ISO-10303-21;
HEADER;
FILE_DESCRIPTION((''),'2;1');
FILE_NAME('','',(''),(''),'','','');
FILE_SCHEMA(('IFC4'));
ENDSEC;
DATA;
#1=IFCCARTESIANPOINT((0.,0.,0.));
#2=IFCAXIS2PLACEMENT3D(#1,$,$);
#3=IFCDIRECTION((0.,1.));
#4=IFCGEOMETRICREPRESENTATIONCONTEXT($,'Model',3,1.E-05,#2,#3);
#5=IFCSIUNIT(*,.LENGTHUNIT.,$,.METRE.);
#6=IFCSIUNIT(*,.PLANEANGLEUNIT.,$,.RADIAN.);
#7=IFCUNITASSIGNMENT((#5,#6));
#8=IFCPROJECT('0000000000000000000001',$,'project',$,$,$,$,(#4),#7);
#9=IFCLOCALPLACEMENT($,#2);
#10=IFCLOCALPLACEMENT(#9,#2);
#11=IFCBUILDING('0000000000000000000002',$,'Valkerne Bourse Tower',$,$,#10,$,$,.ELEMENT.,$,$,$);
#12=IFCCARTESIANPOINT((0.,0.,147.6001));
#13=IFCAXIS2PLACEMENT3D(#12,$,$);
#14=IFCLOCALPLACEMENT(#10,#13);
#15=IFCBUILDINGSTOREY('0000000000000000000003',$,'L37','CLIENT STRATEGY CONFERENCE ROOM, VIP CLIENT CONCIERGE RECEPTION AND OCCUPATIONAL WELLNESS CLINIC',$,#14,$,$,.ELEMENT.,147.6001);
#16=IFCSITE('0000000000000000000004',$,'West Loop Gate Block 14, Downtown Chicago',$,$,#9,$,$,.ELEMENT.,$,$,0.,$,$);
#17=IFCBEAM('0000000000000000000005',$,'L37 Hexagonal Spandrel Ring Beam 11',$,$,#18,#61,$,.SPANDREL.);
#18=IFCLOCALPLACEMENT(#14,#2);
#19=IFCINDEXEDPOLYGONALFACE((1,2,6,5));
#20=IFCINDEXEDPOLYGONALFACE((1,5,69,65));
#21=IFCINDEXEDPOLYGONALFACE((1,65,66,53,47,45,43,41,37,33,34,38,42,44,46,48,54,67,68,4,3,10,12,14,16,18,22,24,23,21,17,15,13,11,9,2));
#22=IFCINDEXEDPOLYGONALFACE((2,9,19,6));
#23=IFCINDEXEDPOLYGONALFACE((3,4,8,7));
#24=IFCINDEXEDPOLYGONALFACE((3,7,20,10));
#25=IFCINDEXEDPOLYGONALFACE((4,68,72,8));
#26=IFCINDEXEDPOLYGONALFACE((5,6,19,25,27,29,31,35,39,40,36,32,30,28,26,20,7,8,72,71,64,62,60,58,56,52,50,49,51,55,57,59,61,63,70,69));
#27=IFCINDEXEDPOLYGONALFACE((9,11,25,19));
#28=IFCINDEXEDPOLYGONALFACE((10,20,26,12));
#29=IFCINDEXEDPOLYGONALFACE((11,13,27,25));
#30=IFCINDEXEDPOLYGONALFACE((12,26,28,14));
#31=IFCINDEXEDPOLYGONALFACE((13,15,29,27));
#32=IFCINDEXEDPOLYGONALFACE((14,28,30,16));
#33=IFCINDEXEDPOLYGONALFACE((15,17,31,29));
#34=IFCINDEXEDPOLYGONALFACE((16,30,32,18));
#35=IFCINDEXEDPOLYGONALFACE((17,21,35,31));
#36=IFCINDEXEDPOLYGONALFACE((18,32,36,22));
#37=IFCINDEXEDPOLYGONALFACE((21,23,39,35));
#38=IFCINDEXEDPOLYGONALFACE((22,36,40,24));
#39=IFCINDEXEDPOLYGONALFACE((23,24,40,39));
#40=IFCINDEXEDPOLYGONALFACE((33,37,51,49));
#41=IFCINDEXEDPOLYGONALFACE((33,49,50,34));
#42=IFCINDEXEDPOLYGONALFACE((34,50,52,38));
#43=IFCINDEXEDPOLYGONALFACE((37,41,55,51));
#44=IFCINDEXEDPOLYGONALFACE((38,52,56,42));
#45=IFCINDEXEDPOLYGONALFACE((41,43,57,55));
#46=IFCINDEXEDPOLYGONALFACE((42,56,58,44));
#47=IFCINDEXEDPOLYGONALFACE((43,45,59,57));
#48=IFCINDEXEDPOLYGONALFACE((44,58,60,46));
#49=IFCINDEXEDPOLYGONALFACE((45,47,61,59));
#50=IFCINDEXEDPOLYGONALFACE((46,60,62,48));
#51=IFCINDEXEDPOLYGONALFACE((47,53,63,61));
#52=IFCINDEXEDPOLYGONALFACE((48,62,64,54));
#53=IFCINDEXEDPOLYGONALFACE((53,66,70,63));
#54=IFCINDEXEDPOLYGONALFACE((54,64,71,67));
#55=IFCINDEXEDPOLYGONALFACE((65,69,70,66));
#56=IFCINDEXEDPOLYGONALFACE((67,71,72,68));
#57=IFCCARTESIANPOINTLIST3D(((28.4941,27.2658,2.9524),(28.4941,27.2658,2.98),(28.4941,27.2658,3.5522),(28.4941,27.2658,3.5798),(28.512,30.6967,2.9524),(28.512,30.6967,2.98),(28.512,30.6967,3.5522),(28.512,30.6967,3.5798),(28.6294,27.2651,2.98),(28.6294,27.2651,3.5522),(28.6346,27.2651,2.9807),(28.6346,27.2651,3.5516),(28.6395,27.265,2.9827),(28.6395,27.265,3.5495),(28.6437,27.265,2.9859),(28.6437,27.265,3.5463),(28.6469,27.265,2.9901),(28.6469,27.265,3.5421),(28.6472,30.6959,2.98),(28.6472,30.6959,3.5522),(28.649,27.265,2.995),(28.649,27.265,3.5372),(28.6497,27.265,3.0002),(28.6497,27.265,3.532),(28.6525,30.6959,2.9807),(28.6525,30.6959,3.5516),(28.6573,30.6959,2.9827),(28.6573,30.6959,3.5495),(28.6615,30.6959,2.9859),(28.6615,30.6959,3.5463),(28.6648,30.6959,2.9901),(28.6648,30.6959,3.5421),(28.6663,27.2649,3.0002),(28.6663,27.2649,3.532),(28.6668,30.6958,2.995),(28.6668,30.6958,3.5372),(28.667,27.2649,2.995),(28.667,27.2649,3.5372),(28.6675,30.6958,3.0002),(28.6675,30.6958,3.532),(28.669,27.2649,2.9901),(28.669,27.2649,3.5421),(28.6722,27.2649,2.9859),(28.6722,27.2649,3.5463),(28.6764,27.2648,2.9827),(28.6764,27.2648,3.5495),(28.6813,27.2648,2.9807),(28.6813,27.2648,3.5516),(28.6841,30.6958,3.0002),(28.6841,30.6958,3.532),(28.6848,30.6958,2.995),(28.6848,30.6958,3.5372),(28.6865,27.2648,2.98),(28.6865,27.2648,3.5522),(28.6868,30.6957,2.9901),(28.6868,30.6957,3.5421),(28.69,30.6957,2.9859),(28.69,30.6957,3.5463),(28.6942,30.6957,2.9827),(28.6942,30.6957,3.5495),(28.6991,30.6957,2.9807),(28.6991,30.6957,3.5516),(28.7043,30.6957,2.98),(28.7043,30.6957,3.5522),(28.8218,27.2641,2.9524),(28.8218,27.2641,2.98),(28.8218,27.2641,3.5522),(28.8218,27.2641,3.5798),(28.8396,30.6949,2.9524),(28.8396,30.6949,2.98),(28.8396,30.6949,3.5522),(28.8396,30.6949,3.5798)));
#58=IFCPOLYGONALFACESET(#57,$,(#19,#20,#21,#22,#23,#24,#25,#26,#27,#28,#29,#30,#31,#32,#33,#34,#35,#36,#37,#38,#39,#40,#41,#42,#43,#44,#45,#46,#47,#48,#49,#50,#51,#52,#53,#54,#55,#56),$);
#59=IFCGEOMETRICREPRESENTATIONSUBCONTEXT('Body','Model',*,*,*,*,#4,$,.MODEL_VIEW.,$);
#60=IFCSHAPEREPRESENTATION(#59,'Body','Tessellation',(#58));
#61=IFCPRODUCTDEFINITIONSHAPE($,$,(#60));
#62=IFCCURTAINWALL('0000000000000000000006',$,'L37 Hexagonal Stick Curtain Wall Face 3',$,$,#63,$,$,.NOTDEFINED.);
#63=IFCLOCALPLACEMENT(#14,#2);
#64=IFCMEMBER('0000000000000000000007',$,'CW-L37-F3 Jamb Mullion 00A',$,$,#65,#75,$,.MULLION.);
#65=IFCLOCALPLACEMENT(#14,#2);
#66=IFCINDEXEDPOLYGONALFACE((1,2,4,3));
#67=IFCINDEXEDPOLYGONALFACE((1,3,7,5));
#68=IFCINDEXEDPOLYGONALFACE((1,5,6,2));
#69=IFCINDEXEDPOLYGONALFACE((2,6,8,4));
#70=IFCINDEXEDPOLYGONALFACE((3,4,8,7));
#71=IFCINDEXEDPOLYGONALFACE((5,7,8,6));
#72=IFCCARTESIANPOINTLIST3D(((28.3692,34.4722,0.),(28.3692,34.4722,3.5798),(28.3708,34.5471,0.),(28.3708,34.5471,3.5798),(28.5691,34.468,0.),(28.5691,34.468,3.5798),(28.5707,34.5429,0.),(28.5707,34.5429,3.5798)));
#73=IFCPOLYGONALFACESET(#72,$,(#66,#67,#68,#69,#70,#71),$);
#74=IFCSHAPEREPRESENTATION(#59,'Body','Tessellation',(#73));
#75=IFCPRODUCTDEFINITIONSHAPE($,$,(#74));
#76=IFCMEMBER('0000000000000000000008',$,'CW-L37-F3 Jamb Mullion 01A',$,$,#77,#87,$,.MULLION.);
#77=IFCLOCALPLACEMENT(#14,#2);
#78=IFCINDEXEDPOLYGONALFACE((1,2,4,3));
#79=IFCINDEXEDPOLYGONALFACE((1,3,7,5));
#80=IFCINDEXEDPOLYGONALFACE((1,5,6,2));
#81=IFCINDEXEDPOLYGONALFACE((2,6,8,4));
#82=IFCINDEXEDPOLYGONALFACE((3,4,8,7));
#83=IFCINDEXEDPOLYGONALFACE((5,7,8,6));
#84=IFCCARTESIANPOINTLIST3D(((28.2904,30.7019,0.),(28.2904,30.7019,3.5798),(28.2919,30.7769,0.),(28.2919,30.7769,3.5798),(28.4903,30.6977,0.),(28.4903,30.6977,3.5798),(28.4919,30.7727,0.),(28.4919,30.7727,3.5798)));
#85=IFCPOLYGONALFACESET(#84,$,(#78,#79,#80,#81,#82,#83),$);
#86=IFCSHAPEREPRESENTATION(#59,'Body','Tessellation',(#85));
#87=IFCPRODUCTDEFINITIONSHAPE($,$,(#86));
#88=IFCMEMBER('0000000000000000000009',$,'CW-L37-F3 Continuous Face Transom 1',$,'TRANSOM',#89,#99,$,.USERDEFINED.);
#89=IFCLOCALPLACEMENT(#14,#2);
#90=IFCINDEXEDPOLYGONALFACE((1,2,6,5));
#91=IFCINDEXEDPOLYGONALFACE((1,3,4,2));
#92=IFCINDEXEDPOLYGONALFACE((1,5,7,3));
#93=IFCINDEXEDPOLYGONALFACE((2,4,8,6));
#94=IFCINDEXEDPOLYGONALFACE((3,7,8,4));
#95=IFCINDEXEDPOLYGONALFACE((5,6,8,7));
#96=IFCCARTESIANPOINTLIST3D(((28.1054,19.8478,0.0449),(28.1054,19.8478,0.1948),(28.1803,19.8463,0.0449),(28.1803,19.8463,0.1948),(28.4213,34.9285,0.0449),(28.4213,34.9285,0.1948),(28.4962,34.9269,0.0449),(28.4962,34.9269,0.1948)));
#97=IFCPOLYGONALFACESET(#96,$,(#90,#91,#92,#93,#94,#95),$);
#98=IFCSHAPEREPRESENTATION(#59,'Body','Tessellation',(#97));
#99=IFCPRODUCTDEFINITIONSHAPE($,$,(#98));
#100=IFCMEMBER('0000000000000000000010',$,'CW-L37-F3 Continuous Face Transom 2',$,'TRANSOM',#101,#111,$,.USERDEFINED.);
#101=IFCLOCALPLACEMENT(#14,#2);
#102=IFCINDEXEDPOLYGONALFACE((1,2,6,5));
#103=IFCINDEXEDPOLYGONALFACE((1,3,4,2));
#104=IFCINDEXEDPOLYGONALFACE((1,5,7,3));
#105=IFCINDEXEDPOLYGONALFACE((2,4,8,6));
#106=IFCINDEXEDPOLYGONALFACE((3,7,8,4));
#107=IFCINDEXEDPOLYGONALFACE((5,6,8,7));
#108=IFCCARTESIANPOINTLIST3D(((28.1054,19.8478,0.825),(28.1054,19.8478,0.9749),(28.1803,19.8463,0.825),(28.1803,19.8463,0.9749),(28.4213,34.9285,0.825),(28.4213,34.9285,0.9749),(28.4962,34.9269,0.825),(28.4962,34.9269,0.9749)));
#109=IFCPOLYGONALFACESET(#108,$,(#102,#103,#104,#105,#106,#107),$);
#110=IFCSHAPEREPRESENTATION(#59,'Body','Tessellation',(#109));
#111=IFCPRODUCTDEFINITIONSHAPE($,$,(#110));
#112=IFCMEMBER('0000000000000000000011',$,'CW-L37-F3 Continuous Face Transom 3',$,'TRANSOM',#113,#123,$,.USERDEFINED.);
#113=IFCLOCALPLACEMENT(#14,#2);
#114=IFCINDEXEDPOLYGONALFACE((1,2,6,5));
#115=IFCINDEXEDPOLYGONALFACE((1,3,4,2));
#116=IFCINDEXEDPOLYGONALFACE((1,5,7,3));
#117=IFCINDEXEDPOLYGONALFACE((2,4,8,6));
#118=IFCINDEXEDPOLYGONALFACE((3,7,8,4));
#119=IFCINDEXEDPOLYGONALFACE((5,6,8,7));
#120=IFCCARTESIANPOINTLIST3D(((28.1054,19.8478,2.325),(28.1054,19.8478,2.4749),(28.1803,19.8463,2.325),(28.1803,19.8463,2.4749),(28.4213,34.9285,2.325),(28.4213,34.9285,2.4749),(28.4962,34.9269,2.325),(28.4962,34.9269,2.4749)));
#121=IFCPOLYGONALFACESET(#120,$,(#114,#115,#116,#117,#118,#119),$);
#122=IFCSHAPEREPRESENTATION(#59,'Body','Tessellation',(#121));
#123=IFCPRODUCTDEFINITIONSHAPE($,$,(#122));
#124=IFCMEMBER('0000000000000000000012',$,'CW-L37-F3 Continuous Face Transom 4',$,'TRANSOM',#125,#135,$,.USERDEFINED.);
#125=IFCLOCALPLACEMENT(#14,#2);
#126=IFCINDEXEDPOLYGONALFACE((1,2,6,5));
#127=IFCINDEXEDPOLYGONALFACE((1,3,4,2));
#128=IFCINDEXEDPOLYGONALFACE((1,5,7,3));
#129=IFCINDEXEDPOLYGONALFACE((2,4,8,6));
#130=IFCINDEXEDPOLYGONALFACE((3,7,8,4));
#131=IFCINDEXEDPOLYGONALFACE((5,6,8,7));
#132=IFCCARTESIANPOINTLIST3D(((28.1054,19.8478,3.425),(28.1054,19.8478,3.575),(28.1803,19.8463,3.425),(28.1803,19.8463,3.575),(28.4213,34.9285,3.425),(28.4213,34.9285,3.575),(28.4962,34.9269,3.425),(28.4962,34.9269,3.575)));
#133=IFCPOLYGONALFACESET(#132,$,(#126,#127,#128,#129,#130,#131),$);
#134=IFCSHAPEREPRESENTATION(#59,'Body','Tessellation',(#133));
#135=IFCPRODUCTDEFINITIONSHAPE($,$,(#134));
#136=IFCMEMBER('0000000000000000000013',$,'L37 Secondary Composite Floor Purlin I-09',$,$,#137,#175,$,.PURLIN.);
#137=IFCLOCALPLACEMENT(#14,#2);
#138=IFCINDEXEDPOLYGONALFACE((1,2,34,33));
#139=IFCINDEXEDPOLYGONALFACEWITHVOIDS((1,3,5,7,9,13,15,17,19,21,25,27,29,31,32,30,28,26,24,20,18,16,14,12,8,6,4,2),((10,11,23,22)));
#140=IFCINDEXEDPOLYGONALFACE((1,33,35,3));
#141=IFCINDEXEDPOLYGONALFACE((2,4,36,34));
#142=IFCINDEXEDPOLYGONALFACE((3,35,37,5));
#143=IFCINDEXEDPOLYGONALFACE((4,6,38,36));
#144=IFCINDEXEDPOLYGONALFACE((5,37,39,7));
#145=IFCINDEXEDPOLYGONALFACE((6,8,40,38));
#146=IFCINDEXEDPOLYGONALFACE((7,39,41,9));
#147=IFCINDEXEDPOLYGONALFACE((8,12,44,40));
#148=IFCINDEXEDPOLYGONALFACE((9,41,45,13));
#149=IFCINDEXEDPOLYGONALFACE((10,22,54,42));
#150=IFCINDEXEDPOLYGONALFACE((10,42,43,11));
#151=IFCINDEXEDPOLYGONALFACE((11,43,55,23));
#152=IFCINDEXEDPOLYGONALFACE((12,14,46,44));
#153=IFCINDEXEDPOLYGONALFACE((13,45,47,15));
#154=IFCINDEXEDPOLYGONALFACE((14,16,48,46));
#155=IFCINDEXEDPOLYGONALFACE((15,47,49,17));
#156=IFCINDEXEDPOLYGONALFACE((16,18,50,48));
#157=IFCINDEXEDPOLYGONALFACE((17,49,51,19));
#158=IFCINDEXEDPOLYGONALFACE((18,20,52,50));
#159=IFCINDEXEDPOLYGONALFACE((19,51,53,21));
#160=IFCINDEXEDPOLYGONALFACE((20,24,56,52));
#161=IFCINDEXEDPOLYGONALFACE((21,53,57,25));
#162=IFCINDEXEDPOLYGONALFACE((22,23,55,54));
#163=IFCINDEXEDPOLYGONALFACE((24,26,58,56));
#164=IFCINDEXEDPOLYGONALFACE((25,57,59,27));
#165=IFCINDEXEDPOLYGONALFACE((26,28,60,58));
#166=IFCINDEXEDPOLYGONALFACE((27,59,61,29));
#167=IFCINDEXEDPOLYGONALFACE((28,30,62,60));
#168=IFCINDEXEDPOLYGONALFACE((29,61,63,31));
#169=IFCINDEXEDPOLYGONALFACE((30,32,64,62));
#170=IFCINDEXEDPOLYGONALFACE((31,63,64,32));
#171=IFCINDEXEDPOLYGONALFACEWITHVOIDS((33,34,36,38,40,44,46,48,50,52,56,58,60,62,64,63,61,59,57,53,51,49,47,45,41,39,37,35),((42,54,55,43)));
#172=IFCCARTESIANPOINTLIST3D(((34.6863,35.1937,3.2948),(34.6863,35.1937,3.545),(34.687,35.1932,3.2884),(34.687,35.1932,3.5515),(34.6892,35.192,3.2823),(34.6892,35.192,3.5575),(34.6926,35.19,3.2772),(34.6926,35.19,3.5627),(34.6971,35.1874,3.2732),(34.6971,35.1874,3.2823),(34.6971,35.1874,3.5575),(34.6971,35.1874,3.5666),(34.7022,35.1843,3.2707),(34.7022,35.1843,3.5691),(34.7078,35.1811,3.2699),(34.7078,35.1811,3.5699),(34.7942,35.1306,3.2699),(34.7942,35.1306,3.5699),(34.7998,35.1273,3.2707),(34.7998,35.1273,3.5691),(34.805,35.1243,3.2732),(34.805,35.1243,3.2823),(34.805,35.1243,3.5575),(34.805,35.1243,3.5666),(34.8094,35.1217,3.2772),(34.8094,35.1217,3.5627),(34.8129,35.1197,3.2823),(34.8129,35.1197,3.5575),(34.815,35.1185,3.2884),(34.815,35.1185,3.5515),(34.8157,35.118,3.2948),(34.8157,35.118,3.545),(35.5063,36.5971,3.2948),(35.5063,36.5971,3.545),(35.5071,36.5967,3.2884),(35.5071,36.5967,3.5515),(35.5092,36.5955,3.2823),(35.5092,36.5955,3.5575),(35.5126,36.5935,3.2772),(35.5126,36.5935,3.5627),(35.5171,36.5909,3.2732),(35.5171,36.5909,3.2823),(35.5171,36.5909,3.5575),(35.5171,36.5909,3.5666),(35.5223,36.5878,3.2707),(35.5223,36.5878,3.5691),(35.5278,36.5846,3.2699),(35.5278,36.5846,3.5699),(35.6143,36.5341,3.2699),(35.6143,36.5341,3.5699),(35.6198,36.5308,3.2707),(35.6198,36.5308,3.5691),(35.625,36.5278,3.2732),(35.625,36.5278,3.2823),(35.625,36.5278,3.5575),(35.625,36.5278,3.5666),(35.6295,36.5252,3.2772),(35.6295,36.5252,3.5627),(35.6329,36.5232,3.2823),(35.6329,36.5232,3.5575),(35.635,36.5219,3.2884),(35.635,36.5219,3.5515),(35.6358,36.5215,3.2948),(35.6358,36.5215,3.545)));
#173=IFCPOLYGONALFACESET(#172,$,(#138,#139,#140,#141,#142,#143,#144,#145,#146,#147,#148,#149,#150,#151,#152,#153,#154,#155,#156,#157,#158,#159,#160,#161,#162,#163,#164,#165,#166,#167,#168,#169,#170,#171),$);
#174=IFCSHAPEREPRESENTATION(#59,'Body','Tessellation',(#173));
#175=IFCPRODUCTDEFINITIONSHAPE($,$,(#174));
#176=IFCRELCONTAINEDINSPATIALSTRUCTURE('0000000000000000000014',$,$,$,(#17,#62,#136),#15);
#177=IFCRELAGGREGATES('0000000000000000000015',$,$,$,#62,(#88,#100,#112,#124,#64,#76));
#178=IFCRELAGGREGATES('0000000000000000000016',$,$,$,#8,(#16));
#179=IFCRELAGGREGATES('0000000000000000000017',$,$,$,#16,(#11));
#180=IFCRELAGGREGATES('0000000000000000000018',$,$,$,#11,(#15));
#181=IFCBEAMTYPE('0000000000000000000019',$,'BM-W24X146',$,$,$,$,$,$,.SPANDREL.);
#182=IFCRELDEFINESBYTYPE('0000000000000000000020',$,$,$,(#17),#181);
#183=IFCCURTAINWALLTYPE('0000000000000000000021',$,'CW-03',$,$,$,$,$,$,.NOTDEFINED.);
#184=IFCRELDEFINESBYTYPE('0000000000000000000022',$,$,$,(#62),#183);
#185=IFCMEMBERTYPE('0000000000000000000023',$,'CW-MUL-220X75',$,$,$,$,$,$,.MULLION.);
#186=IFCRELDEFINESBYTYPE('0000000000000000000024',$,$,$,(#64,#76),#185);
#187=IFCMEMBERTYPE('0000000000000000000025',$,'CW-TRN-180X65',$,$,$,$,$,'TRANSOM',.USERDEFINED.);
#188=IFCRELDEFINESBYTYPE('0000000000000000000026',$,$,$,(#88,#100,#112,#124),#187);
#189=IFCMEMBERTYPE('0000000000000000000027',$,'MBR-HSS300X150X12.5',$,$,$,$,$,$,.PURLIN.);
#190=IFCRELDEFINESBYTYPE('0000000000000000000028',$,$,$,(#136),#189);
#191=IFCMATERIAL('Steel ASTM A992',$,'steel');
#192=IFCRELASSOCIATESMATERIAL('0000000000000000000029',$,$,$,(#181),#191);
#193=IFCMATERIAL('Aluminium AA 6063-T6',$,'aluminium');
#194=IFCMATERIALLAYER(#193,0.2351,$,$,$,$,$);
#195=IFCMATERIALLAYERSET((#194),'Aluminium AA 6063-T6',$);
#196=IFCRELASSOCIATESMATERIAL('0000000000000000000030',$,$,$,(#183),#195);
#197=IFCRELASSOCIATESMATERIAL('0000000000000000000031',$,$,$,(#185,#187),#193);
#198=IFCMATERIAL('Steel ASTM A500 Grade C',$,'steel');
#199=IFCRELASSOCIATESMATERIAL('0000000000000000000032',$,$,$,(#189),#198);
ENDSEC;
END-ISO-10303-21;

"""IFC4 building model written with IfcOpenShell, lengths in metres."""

from ifc_helpers import new_model, si_unit, direction, frame, origin, origin_2d, place, context, subcontext, project, spatial, rectangle, hollow_rectangle, i_section, extrude, material, layer, layer_set, material_profile, profile_set, type_object, element, aggregate, save


model = new_model("IFC4")

# Units and contexts
model_context = context("Model", 3, precision=1e-05, world=origin(), true_north=direction((0.0, 1.0)))
body_context = subcontext(model_context, "Body", "Model", "MODEL_VIEW")
ifc_project = project(units=[si_unit("LENGTHUNIT", "METRE"), si_unit("PLANEANGLEUNIT", "RADIAN")], contexts=[model_context])

# Site, building, storey
site_placement = place(None, origin())
site = spatial("IfcSite", under=ifc_project, at=site_placement, Name="West Loop Gate Block 14, Downtown Chicago", CompositionType="ELEMENT", RefElevation=0.0)
building_placement = place(site_placement, origin())
building = spatial("IfcBuilding", under=site, at=building_placement, Name="Valkerne Bourse Tower", CompositionType="ELEMENT")
storey_placement = place(building_placement, frame((0.0, 0.0, 147.6001)))
storey = spatial("IfcBuildingStorey", under=building, at=storey_placement, Name="L37", Description="CLIENT STRATEGY CONFERENCE ROOM, VIP CLIENT CONCIERGE RECEPTION AND OCCUPATIONAL WELLNESS CLINIC", CompositionType="ELEMENT", Elevation=147.6001)

# Beam
ifc_material_1 = material(Name="Steel ASTM A992", Category="steel")
ifc_material_profile_1 = material_profile(ifc_material_1, i_section(OverallWidth=0.3276, OverallDepth=0.6274, WebThickness=0.0166, FlangeThickness=0.0276, FilletRadius=0.0203, at=origin_2d()), Name="W24X146")
ifc_profile_set_1 = profile_set([ifc_material_profile_1], Name="Steel ASTM A992")
beam_type_1 = type_object("IfcBeamType", Name="BM-W24X146", PredefinedType="SPANDREL", material=ifc_profile_set_1)
for number, where, z_axis, x_axis, name in (
    (1, (28.6758, 30.6958, 3.2661), (-0.005195, -0.999987, 0.0), (0.999987, -0.005195, 0.0), "L37 Hexagonal Spandrel Ring Beam 11"),
):
    element("IfcBeam", number, at=place(storey_placement, frame(where, z_axis=z_axis, x_axis=x_axis)), inside=storey, type_object=beam_type_1, Name=name, PredefinedType="SPANDREL", context=body_context, shape_type="SweptSolid", body=[
        extrude(i_section(OverallWidth=0.3276, OverallDepth=0.6274, WebThickness=0.0166, FlangeThickness=0.0276, FilletRadius=0.0203, at=origin_2d()), origin(), (0.0, 0.0, 1.0), 3.4309),
    ])

# Curtain wall, members
ifc_material_2 = material(Name="Aluminium AA 6063-T6", Category="aluminium")
ifc_layer_1 = layer(ifc_material_2, 0.2351)
ifc_layer_set_1 = layer_set([ifc_layer_1], Name="Aluminium AA 6063-T6")
curtain_wall_type = type_object("IfcCurtainWallType", Name="CW-03", PredefinedType="NOTDEFINED", material=ifc_layer_set_1)
curtain_wall_placement = place(storey_placement, origin())
curtain_wall = element("IfcCurtainWall", 2, at=curtain_wall_placement, inside=storey, type_object=curtain_wall_type, Name="L37 Hexagonal Stick Curtain Wall Face 3", PredefinedType="NOTDEFINED")
ifc_material_profile_2 = material_profile(ifc_material_2, rectangle(XDim=0.075, YDim=0.2, at=origin_2d()), Name="CWM-75X200")
ifc_profile_set_2 = profile_set([ifc_material_profile_2], Name="Aluminium AA 6063-T6")
member_type_1 = type_object("IfcMemberType", Name="CW-MUL-220X75", PredefinedType="MULLION", material=ifc_profile_set_2)
member_1_placement = place(storey_placement, frame((28.47, 34.5076, 0.0), z_axis=(0.0, 0.0, 1.0), x_axis=(-0.020949, -0.999781, 0.0)))
member_1 = element("IfcMember", 3, at=member_1_placement, type_object=member_type_1, Name="CW-L37-F3 Jamb Mullion 00A", PredefinedType="MULLION", context=body_context, shape_type="SweptSolid", body=[
    extrude(rectangle(XDim=0.075, YDim=0.2, at=origin_2d()), origin(), (0.0, 0.0, 1.0), 3.5798),
])
member_2_placement = place(storey_placement, frame((28.3911, 30.7373, 0.0), z_axis=(0.0, 0.0, 1.0), x_axis=(-0.02095, -0.999781, 0.0)))
member_2 = element("IfcMember", 4, at=member_2_placement, type_object=member_type_1, Name="CW-L37-F3 Jamb Mullion 01A", PredefinedType="MULLION", context=body_context, shape_type="SweptSolid", body=[
    extrude(rectangle(XDim=0.075, YDim=0.2, at=origin_2d()), origin(), (0.0, 0.0, 1.0), 3.5798),
])
ifc_material_profile_3 = material_profile(ifc_material_2, rectangle(XDim=0.075, YDim=0.1499, at=origin_2d()), Name="CWT-75X150")
ifc_profile_set_3 = profile_set([ifc_material_profile_3], Name="Aluminium AA 6063-T6")
member_type_2 = type_object("IfcMemberType", Name="CW-TRN-180X65", ElementType="TRANSOM", PredefinedType="USERDEFINED", material=ifc_profile_set_3)
member_3_placement = place(storey_placement, frame((28.4587, 34.9277, 0.1199), z_axis=(-0.020944, -0.999781, 0.0), x_axis=(0.999781, -0.020944, 0.0)))
member_3 = element("IfcMember", 5, at=member_3_placement, type_object=member_type_2, Name="CW-L37-F3 Continuous Face Transom 1", ObjectType="TRANSOM", PredefinedType="USERDEFINED", context=body_context, shape_type="SweptSolid", body=[
    extrude(rectangle(XDim=0.075, YDim=0.1499, at=origin_2d()), origin(), (0.0, 0.0, 1.0), 15.084),
])
member_4_placement = place(storey_placement, frame((28.4587, 34.9277, 0.8999), z_axis=(-0.020944, -0.999781, 0.0), x_axis=(0.999781, -0.020944, 0.0)))
member_4 = element("IfcMember", 6, at=member_4_placement, type_object=member_type_2, Name="CW-L37-F3 Continuous Face Transom 2", ObjectType="TRANSOM", PredefinedType="USERDEFINED", context=body_context, shape_type="SweptSolid", body=[
    extrude(rectangle(XDim=0.075, YDim=0.1499, at=origin_2d()), origin(), (0.0, 0.0, 1.0), 15.084),
])
member_5_placement = place(storey_placement, frame((28.4587, 34.9277, 2.3999), z_axis=(-0.020944, -0.999781, 0.0), x_axis=(0.999781, -0.020944, 0.0)))
member_5 = element("IfcMember", 7, at=member_5_placement, type_object=member_type_2, Name="CW-L37-F3 Continuous Face Transom 3", ObjectType="TRANSOM", PredefinedType="USERDEFINED", context=body_context, shape_type="SweptSolid", body=[
    extrude(rectangle(XDim=0.075, YDim=0.1499, at=origin_2d()), origin(), (0.0, 0.0, 1.0), 15.084),
])
member_6_placement = place(storey_placement, frame((28.4587, 34.9277, 3.5), z_axis=(-0.020944, -0.999781, 0.0), x_axis=(0.999781, -0.020944, 0.0)))
member_6 = element("IfcMember", 8, at=member_6_placement, type_object=member_type_2, Name="CW-L37-F3 Continuous Face Transom 4", ObjectType="TRANSOM", PredefinedType="USERDEFINED", context=body_context, shape_type="SweptSolid", body=[
    extrude(rectangle(XDim=0.075, YDim=0.1499, at=origin_2d()), origin(), (0.0, 0.0, 1.0), 15.084),
])

# Member
ifc_material_3 = material(Name="Steel ASTM A500 Grade C", Category="steel")
ifc_material_profile_4 = material_profile(ifc_material_3, hollow_rectangle(XDim=0.1499, YDim=0.3, WallThickness=0.0125, OuterFilletRadius=0.0249, at=origin_2d()), Name="HSS300X150X12.5")
ifc_profile_set_4 = profile_set([ifc_material_profile_4], Name="Steel ASTM A500 Grade C")
member_type_3 = type_object("IfcMemberType", Name="MBR-HSS300X150X12.5", PredefinedType="PURLIN", material=ifc_profile_set_4)
member_7_placement = place(storey_placement, frame((35.571, 36.5593, 3.4199), z_axis=(-0.504478, -0.863425, 0.0), x_axis=(0.863425, -0.504478, 0.0)))
element("IfcMember", 9, at=member_7_placement, inside=storey, type_object=member_type_3, Name="L37 Secondary Composite Floor Purlin I-09", PredefinedType="PURLIN", context=body_context, shape_type="SweptSolid", body=[
    extrude(hollow_rectangle(XDim=0.1499, YDim=0.3, WallThickness=0.0125, OuterFilletRadius=0.0249, at=origin_2d()), origin(), (0.0, 0.0, 1.0), 1.6255),
])

aggregate(curtain_wall, [member_3, member_4, member_5, member_6, member_1, member_2])

save(model, "model.ifc")
